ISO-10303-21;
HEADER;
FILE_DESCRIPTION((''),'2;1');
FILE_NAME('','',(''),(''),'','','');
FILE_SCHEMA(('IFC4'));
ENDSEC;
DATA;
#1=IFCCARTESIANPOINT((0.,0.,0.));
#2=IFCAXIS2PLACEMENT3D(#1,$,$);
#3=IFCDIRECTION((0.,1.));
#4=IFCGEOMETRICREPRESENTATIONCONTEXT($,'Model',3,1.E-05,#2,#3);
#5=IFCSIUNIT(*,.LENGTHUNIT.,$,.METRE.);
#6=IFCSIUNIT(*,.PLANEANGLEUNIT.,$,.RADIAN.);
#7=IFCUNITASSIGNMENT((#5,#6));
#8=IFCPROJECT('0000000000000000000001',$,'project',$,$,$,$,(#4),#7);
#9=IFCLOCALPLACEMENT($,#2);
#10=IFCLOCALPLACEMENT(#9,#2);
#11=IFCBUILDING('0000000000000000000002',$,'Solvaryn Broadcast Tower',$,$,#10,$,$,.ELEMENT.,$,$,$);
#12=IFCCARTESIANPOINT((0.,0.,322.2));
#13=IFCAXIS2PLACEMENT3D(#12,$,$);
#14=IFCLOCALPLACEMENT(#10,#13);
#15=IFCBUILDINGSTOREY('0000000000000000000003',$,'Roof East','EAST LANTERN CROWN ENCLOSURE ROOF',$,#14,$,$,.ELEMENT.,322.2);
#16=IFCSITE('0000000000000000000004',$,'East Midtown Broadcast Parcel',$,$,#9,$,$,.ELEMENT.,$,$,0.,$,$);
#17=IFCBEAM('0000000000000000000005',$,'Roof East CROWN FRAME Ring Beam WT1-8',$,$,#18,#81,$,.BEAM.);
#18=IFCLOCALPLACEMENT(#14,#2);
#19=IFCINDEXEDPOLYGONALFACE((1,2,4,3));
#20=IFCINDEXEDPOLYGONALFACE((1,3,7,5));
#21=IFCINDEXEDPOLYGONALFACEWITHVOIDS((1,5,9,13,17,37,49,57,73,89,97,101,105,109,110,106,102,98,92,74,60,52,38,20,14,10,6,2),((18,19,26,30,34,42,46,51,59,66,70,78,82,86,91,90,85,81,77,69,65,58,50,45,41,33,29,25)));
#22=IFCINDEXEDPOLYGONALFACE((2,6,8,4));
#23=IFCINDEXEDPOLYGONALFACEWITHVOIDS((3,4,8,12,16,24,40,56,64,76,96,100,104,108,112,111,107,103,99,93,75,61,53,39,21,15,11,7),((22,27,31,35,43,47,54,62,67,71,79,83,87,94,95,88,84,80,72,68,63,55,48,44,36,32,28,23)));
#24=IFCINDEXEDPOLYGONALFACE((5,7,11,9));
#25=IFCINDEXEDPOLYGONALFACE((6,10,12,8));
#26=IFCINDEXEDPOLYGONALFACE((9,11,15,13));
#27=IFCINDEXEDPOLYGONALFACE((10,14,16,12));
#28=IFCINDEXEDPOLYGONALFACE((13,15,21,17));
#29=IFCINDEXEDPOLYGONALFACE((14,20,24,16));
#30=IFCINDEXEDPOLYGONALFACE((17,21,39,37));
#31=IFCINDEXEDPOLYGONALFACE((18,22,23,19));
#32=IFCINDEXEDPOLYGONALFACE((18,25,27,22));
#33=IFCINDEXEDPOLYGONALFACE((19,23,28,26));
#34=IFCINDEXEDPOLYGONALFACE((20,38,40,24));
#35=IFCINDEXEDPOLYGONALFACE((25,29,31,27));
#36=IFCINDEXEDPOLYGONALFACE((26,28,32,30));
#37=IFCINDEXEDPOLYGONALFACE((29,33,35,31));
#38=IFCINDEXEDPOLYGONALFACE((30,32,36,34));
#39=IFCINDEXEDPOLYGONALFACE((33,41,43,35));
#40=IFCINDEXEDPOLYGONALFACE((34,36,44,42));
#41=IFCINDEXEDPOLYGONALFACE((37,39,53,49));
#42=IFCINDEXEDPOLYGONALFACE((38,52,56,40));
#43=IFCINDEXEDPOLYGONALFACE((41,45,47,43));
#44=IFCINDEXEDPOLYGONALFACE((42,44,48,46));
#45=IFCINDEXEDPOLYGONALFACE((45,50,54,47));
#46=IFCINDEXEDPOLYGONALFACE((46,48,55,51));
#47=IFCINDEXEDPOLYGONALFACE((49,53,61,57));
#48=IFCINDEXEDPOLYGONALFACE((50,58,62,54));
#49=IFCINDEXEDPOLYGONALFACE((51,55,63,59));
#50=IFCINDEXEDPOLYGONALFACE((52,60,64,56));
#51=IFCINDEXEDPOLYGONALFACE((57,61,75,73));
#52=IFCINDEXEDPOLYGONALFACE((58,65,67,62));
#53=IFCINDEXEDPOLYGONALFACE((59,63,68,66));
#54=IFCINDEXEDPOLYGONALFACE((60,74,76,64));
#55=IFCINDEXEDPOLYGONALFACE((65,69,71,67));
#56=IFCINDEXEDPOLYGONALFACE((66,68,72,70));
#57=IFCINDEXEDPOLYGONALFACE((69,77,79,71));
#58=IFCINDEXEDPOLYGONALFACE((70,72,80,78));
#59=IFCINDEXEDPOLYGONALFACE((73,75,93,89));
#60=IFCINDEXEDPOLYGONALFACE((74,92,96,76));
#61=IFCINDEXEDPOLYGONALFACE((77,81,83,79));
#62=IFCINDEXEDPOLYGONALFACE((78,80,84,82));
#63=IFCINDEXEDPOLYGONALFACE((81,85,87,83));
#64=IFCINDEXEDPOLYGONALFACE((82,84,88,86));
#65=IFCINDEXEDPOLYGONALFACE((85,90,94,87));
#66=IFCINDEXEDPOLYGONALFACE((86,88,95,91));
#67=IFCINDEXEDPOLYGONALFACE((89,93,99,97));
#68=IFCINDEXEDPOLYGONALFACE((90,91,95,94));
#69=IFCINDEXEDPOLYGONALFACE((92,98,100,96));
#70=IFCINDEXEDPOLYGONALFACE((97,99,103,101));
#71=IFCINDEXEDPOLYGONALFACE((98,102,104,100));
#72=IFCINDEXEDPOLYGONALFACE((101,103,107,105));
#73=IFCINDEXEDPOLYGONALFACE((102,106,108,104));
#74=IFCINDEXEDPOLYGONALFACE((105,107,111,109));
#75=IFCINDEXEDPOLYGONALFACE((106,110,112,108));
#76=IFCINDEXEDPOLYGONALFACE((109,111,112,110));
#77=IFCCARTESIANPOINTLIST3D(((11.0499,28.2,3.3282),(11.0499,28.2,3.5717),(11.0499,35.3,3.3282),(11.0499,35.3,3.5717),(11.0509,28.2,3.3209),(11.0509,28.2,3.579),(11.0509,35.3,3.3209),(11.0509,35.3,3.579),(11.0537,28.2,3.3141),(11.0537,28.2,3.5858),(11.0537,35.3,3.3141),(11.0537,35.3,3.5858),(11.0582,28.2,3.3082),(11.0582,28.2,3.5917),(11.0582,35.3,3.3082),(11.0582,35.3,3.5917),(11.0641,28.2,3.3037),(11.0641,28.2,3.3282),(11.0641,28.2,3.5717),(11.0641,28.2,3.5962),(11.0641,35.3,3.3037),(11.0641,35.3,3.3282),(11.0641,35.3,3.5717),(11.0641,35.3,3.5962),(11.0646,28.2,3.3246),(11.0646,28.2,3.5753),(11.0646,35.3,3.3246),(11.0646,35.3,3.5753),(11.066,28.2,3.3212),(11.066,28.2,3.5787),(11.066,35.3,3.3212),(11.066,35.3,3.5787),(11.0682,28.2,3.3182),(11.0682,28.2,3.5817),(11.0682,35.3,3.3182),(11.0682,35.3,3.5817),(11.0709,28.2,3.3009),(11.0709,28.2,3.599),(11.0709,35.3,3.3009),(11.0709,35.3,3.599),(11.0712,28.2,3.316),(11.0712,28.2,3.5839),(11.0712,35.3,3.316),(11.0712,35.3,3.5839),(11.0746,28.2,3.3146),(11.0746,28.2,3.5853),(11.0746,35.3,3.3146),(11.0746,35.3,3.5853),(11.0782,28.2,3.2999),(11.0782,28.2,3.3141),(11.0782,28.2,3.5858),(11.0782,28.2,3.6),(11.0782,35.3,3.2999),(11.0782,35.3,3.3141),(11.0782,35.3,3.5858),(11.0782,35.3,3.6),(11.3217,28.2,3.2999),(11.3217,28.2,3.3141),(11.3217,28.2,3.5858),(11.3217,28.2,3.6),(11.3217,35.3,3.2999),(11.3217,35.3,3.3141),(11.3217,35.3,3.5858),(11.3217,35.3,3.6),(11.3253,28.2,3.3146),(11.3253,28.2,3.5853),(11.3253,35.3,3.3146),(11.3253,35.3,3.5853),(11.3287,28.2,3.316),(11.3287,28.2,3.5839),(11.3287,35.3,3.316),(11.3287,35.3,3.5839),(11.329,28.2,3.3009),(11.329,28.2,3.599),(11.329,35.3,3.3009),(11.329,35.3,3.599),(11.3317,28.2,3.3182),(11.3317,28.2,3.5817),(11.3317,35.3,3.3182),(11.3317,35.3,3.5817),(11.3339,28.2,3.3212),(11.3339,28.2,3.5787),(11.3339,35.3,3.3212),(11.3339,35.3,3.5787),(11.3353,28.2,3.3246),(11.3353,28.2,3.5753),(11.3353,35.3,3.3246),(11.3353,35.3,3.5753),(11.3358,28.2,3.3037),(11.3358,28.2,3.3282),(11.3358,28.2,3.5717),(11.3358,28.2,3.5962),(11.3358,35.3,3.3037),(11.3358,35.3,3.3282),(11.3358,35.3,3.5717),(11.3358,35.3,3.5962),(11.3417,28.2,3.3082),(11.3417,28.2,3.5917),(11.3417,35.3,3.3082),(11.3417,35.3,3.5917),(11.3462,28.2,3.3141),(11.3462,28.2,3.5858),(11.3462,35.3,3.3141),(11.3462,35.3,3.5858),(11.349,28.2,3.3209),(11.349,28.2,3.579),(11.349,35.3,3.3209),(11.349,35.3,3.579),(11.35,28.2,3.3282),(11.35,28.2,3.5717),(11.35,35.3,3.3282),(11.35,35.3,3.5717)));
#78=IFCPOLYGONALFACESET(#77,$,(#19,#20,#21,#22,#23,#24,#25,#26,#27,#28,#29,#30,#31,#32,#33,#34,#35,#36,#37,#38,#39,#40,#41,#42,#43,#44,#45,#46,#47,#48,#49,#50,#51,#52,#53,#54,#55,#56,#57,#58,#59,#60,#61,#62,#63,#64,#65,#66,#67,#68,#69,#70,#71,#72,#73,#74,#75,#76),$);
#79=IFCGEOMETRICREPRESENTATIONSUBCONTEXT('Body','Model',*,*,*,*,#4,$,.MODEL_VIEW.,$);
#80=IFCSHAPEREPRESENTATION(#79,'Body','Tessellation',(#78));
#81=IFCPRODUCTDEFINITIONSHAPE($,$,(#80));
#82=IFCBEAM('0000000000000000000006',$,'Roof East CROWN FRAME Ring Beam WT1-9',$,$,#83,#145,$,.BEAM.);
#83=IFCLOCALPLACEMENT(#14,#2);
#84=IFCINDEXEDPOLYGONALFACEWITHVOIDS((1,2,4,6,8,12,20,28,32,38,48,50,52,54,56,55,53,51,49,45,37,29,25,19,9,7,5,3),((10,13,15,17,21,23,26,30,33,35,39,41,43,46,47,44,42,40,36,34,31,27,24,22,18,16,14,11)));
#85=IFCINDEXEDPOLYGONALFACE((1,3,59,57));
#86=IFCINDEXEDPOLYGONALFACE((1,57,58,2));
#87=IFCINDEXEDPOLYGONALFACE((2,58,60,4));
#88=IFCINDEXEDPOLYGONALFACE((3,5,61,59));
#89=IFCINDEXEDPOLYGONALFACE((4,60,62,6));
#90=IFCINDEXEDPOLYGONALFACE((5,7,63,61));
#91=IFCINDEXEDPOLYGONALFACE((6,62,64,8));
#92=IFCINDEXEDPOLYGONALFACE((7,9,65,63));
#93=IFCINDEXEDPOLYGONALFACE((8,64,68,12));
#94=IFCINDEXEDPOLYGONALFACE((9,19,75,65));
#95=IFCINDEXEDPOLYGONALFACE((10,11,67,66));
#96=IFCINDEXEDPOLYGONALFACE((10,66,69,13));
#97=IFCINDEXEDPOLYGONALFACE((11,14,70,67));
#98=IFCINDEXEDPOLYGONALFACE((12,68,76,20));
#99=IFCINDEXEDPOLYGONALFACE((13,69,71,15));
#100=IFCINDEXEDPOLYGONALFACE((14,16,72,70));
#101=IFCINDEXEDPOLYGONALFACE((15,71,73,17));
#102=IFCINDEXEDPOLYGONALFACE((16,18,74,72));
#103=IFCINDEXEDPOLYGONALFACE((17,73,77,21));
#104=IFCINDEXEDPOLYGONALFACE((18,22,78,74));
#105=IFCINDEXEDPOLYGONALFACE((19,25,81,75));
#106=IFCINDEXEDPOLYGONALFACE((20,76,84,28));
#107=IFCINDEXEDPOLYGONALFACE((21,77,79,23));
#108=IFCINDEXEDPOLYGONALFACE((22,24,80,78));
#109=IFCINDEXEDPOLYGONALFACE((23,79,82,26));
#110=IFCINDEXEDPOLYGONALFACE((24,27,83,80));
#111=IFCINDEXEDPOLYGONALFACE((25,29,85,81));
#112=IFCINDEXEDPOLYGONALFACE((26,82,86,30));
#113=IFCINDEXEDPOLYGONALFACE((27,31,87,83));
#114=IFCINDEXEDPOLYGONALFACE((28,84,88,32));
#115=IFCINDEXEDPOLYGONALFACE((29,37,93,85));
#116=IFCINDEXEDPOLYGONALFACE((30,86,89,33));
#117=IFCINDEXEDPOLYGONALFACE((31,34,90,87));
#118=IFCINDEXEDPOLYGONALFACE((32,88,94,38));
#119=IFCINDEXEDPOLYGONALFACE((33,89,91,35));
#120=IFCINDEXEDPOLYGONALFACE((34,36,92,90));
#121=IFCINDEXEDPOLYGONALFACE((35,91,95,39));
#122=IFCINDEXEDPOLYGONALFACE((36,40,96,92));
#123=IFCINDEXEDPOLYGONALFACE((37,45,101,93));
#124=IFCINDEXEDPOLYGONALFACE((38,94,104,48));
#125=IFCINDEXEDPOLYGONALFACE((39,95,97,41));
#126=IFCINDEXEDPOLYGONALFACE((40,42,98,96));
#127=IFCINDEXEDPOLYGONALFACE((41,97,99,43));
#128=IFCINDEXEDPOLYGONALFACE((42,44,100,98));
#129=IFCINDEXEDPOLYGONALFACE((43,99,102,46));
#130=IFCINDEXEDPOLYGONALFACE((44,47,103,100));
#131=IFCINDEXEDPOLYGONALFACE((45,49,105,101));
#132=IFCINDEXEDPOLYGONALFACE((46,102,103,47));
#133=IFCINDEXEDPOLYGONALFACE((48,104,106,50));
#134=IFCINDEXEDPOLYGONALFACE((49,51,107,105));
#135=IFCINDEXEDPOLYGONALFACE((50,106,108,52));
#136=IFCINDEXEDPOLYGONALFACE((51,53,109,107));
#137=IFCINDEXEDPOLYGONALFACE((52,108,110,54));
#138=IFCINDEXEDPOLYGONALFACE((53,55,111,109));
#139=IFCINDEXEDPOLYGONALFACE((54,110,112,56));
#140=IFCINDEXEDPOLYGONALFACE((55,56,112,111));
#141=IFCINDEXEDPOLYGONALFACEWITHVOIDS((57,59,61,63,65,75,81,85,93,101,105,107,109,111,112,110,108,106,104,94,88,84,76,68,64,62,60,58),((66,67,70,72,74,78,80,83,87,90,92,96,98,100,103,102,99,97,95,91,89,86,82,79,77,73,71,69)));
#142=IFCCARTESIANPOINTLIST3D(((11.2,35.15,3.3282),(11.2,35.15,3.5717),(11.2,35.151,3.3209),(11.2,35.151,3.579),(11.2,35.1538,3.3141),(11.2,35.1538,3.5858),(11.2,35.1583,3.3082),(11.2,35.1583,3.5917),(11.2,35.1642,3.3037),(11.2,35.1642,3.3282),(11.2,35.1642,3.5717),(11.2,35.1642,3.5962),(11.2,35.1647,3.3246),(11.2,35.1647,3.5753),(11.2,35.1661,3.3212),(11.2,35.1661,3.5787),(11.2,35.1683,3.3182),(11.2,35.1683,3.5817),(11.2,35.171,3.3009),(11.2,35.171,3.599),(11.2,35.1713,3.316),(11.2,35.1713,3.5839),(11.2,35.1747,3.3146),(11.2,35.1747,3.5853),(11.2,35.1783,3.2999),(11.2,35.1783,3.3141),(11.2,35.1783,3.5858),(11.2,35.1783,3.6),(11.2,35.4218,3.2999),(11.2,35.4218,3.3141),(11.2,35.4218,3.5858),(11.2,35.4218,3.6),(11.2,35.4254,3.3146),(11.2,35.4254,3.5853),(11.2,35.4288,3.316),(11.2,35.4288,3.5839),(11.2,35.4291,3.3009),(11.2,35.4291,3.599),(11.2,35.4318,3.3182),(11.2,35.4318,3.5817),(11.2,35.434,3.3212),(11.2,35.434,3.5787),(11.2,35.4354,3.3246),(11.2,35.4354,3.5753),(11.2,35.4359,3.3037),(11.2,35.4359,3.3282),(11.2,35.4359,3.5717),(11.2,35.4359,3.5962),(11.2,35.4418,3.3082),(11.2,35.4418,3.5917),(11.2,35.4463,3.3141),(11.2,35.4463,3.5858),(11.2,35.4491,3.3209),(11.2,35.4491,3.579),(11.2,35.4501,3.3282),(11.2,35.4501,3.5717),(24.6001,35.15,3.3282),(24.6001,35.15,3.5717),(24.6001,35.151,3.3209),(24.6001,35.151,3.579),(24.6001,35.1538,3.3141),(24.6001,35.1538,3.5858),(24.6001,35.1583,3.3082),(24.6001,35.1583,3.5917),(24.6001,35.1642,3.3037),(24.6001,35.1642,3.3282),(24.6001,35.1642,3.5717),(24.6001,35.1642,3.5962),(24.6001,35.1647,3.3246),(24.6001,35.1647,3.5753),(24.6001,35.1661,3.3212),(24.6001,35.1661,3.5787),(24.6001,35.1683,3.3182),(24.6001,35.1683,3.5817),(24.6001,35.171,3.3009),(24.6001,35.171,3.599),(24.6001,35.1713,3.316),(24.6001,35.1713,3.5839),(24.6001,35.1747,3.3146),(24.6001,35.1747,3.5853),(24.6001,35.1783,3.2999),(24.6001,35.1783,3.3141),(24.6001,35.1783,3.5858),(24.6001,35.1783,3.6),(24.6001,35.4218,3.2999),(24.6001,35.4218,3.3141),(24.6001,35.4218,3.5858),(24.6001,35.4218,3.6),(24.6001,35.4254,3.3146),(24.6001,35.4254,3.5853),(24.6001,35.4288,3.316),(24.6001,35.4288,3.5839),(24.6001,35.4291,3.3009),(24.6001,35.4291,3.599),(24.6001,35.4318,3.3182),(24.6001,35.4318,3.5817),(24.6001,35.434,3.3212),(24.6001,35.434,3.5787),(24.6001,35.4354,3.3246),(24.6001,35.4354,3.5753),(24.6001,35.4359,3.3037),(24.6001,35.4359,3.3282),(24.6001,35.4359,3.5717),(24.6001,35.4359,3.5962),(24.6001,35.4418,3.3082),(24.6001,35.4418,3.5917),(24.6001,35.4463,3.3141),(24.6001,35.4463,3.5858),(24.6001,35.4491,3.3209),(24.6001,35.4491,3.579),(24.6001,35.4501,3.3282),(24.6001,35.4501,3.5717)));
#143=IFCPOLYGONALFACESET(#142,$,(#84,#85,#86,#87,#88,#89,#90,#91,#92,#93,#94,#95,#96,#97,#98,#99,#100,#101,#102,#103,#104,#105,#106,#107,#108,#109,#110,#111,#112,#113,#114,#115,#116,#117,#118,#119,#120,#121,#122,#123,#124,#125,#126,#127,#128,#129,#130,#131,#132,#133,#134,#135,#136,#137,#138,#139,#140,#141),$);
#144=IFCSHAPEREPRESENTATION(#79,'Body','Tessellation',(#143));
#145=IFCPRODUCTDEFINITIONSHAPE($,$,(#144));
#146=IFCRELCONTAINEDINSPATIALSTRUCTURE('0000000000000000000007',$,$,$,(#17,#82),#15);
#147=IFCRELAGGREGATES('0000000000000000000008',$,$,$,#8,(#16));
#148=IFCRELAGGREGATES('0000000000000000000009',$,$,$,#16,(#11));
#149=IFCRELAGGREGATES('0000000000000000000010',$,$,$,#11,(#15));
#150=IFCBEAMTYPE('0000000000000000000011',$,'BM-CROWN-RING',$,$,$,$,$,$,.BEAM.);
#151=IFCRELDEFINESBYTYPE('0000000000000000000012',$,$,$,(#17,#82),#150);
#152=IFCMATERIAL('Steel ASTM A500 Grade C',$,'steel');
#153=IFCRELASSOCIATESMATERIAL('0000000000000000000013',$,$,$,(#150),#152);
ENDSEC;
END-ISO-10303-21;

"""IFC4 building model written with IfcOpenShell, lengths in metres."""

from ifc_helpers import new_model, si_unit, direction, frame, origin, origin_2d, place, context, subcontext, project, spatial, hollow_rectangle, extrude, material, material_profile, profile_set, type_object, element, save


model = new_model("IFC4")

# Units and contexts
model_context = context("Model", 3, precision=1e-05, world=origin(), true_north=direction((0.0, 1.0)))
body_context = subcontext(model_context, "Body", "Model", "MODEL_VIEW")
ifc_project = project(units=[si_unit("LENGTHUNIT", "METRE"), si_unit("PLANEANGLEUNIT", "RADIAN")], contexts=[model_context])

# Site, building, storey
site_placement = place(None, origin())
site = spatial("IfcSite", under=ifc_project, at=site_placement, Name="East Midtown Broadcast Parcel", CompositionType="ELEMENT", RefElevation=0.0)
building_placement = place(site_placement, origin())
building = spatial("IfcBuilding", under=site, at=building_placement, Name="Solvaryn Broadcast Tower", CompositionType="ELEMENT")
storey_placement = place(building_placement, frame((0.0, 0.0, 322.2)))
storey = spatial("IfcBuildingStorey", under=building, at=storey_placement, Name="Roof East", Description="EAST LANTERN CROWN ENCLOSURE ROOF", CompositionType="ELEMENT", Elevation=322.2)

# Beams
ifc_material_1 = material(Name="Steel ASTM A500 Grade C", Category="steel")
ifc_material_profile_1 = material_profile(ifc_material_1, hollow_rectangle(XDim=0.3, YDim=0.3, WallThickness=0.0142, InnerFilletRadius=0.0142, OuterFilletRadius=0.0283, at=origin_2d()))
ifc_profile_set_1 = profile_set([ifc_material_profile_1], Name="Steel ASTM A500 Grade C")
beam_type_1 = type_object("IfcBeamType", Name="BM-CROWN-RING", PredefinedType="BEAM", material=ifc_profile_set_1)
beam_1_placement = place(storey_placement, frame((11.2, 35.3, 3.45), z_axis=(0.0, -1.0, 0.0), x_axis=(1.0, 0.0, 0.0)))
element("IfcBeam", 1, at=beam_1_placement, inside=storey, type_object=beam_type_1, Name="Roof East CROWN FRAME Ring Beam WT1-8", PredefinedType="BEAM", context=body_context, shape_type="SweptSolid", body=[
    extrude(hollow_rectangle(XDim=0.3, YDim=0.3, WallThickness=0.0142, InnerFilletRadius=0.0142, OuterFilletRadius=0.0283, at=origin_2d()), origin(), (0.0, 0.0, 1.0), 7.1001),
])
beam_2_placement = place(storey_placement, frame((11.2, 35.3, 3.45), z_axis=(1.0, 0.0, 0.0), x_axis=(0.0, 1.0, 0.0)))
element("IfcBeam", 2, at=beam_2_placement, inside=storey, type_object=beam_type_1, Name="Roof East CROWN FRAME Ring Beam WT1-9", PredefinedType="BEAM", context=body_context, shape_type="SweptSolid", body=[
    extrude(hollow_rectangle(XDim=0.3, YDim=0.3, WallThickness=0.0142, InnerFilletRadius=0.0142, OuterFilletRadius=0.0283, at=origin_2d()), origin(), (0.0, 0.0, 1.0), 13.4001),
])

save(model, "model.ifc")
